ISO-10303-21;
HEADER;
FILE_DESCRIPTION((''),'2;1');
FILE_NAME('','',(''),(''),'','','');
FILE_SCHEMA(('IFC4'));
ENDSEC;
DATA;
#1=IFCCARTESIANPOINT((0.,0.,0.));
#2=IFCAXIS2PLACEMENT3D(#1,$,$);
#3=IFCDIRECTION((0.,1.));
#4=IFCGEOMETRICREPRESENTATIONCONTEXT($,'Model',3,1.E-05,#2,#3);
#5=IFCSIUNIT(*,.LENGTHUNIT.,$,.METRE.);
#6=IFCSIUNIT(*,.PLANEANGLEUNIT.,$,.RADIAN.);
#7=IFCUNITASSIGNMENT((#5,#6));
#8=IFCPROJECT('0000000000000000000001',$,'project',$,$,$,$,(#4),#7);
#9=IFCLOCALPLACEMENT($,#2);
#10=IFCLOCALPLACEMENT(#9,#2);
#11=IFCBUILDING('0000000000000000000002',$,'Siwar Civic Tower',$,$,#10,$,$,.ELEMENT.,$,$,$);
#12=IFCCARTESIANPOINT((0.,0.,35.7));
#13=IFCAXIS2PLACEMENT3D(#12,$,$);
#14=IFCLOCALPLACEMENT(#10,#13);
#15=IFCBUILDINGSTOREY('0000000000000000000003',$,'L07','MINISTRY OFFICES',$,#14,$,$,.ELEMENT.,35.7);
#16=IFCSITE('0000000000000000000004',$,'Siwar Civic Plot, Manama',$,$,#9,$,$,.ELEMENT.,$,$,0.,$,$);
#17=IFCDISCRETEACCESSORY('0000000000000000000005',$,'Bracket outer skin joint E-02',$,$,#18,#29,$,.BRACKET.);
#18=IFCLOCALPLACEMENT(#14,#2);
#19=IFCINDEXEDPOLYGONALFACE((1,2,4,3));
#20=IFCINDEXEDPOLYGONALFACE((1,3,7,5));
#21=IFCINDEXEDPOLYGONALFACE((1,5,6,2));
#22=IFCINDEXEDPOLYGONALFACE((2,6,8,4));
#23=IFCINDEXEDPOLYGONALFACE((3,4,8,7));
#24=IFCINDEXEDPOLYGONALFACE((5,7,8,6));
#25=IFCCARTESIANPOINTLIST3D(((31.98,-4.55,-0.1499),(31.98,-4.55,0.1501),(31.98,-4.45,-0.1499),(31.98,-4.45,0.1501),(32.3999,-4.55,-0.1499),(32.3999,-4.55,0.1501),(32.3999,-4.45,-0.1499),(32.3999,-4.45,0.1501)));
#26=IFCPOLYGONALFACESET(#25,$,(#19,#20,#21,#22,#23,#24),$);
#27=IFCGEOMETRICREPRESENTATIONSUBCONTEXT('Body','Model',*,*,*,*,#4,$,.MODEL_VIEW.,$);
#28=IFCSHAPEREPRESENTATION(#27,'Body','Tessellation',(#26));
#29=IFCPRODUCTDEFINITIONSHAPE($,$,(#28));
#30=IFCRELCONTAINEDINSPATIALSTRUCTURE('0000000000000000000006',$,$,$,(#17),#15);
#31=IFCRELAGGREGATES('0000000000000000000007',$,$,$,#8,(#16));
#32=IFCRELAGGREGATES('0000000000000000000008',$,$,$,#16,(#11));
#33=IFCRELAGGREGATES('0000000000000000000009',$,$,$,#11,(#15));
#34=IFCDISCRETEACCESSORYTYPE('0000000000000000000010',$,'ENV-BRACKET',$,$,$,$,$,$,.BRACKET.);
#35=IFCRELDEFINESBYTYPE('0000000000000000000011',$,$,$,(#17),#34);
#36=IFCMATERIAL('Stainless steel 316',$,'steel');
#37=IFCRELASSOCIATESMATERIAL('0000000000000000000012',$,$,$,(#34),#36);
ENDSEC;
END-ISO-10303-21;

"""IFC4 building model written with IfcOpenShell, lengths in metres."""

from ifc_helpers import new_model, si_unit, direction, frame, origin, origin_2d, place, context, subcontext, project, spatial, rectangle, extrude, material, type_object, element, save


model = new_model("IFC4")

# Units and contexts
model_context = context("Model", 3, precision=1e-05, world=origin(), true_north=direction((0.0, 1.0)))
body_context = subcontext(model_context, "Body", "Model", "MODEL_VIEW")
ifc_project = project(units=[si_unit("LENGTHUNIT", "METRE"), si_unit("PLANEANGLEUNIT", "RADIAN")], contexts=[model_context])

# Site, building, storey
site_placement = place(None, origin())
site = spatial("IfcSite", under=ifc_project, at=site_placement, Name="Siwar Civic Plot, Manama", CompositionType="ELEMENT", RefElevation=0.0)
building_placement = place(site_placement, origin())
building = spatial("IfcBuilding", under=site, at=building_placement, Name="Siwar Civic Tower", CompositionType="ELEMENT")
storey_placement = place(building_placement, frame((0.0, 0.0, 35.7)))
storey = spatial("IfcBuildingStorey", under=building, at=storey_placement, Name="L07", Description="MINISTRY OFFICES", CompositionType="ELEMENT", Elevation=35.7)

# Discrete accessory
ifc_material_1 = material(Name="Stainless steel 316", Category="steel")
discrete_accessory_type = type_object("IfcDiscreteAccessoryType", Name="ENV-BRACKET", PredefinedType="BRACKET", material=ifc_material_1)
discrete_accessory_placement = place(storey_placement, frame((32.1899, -4.5, -0.1499), z_axis=(0.0, 0.0, 1.0), x_axis=(1.0, 0.0, 0.0)))
element("IfcDiscreteAccessory", 1, at=discrete_accessory_placement, inside=storey, type_object=discrete_accessory_type, Name="Bracket outer skin joint E-02", PredefinedType="BRACKET", context=body_context, shape_type="SweptSolid", body=[
    extrude(rectangle(XDim=0.4199, YDim=0.1001, at=origin_2d()), origin(), (0.0, 0.0, 1.0), 0.3),
])

save(model, "model.ifc")
